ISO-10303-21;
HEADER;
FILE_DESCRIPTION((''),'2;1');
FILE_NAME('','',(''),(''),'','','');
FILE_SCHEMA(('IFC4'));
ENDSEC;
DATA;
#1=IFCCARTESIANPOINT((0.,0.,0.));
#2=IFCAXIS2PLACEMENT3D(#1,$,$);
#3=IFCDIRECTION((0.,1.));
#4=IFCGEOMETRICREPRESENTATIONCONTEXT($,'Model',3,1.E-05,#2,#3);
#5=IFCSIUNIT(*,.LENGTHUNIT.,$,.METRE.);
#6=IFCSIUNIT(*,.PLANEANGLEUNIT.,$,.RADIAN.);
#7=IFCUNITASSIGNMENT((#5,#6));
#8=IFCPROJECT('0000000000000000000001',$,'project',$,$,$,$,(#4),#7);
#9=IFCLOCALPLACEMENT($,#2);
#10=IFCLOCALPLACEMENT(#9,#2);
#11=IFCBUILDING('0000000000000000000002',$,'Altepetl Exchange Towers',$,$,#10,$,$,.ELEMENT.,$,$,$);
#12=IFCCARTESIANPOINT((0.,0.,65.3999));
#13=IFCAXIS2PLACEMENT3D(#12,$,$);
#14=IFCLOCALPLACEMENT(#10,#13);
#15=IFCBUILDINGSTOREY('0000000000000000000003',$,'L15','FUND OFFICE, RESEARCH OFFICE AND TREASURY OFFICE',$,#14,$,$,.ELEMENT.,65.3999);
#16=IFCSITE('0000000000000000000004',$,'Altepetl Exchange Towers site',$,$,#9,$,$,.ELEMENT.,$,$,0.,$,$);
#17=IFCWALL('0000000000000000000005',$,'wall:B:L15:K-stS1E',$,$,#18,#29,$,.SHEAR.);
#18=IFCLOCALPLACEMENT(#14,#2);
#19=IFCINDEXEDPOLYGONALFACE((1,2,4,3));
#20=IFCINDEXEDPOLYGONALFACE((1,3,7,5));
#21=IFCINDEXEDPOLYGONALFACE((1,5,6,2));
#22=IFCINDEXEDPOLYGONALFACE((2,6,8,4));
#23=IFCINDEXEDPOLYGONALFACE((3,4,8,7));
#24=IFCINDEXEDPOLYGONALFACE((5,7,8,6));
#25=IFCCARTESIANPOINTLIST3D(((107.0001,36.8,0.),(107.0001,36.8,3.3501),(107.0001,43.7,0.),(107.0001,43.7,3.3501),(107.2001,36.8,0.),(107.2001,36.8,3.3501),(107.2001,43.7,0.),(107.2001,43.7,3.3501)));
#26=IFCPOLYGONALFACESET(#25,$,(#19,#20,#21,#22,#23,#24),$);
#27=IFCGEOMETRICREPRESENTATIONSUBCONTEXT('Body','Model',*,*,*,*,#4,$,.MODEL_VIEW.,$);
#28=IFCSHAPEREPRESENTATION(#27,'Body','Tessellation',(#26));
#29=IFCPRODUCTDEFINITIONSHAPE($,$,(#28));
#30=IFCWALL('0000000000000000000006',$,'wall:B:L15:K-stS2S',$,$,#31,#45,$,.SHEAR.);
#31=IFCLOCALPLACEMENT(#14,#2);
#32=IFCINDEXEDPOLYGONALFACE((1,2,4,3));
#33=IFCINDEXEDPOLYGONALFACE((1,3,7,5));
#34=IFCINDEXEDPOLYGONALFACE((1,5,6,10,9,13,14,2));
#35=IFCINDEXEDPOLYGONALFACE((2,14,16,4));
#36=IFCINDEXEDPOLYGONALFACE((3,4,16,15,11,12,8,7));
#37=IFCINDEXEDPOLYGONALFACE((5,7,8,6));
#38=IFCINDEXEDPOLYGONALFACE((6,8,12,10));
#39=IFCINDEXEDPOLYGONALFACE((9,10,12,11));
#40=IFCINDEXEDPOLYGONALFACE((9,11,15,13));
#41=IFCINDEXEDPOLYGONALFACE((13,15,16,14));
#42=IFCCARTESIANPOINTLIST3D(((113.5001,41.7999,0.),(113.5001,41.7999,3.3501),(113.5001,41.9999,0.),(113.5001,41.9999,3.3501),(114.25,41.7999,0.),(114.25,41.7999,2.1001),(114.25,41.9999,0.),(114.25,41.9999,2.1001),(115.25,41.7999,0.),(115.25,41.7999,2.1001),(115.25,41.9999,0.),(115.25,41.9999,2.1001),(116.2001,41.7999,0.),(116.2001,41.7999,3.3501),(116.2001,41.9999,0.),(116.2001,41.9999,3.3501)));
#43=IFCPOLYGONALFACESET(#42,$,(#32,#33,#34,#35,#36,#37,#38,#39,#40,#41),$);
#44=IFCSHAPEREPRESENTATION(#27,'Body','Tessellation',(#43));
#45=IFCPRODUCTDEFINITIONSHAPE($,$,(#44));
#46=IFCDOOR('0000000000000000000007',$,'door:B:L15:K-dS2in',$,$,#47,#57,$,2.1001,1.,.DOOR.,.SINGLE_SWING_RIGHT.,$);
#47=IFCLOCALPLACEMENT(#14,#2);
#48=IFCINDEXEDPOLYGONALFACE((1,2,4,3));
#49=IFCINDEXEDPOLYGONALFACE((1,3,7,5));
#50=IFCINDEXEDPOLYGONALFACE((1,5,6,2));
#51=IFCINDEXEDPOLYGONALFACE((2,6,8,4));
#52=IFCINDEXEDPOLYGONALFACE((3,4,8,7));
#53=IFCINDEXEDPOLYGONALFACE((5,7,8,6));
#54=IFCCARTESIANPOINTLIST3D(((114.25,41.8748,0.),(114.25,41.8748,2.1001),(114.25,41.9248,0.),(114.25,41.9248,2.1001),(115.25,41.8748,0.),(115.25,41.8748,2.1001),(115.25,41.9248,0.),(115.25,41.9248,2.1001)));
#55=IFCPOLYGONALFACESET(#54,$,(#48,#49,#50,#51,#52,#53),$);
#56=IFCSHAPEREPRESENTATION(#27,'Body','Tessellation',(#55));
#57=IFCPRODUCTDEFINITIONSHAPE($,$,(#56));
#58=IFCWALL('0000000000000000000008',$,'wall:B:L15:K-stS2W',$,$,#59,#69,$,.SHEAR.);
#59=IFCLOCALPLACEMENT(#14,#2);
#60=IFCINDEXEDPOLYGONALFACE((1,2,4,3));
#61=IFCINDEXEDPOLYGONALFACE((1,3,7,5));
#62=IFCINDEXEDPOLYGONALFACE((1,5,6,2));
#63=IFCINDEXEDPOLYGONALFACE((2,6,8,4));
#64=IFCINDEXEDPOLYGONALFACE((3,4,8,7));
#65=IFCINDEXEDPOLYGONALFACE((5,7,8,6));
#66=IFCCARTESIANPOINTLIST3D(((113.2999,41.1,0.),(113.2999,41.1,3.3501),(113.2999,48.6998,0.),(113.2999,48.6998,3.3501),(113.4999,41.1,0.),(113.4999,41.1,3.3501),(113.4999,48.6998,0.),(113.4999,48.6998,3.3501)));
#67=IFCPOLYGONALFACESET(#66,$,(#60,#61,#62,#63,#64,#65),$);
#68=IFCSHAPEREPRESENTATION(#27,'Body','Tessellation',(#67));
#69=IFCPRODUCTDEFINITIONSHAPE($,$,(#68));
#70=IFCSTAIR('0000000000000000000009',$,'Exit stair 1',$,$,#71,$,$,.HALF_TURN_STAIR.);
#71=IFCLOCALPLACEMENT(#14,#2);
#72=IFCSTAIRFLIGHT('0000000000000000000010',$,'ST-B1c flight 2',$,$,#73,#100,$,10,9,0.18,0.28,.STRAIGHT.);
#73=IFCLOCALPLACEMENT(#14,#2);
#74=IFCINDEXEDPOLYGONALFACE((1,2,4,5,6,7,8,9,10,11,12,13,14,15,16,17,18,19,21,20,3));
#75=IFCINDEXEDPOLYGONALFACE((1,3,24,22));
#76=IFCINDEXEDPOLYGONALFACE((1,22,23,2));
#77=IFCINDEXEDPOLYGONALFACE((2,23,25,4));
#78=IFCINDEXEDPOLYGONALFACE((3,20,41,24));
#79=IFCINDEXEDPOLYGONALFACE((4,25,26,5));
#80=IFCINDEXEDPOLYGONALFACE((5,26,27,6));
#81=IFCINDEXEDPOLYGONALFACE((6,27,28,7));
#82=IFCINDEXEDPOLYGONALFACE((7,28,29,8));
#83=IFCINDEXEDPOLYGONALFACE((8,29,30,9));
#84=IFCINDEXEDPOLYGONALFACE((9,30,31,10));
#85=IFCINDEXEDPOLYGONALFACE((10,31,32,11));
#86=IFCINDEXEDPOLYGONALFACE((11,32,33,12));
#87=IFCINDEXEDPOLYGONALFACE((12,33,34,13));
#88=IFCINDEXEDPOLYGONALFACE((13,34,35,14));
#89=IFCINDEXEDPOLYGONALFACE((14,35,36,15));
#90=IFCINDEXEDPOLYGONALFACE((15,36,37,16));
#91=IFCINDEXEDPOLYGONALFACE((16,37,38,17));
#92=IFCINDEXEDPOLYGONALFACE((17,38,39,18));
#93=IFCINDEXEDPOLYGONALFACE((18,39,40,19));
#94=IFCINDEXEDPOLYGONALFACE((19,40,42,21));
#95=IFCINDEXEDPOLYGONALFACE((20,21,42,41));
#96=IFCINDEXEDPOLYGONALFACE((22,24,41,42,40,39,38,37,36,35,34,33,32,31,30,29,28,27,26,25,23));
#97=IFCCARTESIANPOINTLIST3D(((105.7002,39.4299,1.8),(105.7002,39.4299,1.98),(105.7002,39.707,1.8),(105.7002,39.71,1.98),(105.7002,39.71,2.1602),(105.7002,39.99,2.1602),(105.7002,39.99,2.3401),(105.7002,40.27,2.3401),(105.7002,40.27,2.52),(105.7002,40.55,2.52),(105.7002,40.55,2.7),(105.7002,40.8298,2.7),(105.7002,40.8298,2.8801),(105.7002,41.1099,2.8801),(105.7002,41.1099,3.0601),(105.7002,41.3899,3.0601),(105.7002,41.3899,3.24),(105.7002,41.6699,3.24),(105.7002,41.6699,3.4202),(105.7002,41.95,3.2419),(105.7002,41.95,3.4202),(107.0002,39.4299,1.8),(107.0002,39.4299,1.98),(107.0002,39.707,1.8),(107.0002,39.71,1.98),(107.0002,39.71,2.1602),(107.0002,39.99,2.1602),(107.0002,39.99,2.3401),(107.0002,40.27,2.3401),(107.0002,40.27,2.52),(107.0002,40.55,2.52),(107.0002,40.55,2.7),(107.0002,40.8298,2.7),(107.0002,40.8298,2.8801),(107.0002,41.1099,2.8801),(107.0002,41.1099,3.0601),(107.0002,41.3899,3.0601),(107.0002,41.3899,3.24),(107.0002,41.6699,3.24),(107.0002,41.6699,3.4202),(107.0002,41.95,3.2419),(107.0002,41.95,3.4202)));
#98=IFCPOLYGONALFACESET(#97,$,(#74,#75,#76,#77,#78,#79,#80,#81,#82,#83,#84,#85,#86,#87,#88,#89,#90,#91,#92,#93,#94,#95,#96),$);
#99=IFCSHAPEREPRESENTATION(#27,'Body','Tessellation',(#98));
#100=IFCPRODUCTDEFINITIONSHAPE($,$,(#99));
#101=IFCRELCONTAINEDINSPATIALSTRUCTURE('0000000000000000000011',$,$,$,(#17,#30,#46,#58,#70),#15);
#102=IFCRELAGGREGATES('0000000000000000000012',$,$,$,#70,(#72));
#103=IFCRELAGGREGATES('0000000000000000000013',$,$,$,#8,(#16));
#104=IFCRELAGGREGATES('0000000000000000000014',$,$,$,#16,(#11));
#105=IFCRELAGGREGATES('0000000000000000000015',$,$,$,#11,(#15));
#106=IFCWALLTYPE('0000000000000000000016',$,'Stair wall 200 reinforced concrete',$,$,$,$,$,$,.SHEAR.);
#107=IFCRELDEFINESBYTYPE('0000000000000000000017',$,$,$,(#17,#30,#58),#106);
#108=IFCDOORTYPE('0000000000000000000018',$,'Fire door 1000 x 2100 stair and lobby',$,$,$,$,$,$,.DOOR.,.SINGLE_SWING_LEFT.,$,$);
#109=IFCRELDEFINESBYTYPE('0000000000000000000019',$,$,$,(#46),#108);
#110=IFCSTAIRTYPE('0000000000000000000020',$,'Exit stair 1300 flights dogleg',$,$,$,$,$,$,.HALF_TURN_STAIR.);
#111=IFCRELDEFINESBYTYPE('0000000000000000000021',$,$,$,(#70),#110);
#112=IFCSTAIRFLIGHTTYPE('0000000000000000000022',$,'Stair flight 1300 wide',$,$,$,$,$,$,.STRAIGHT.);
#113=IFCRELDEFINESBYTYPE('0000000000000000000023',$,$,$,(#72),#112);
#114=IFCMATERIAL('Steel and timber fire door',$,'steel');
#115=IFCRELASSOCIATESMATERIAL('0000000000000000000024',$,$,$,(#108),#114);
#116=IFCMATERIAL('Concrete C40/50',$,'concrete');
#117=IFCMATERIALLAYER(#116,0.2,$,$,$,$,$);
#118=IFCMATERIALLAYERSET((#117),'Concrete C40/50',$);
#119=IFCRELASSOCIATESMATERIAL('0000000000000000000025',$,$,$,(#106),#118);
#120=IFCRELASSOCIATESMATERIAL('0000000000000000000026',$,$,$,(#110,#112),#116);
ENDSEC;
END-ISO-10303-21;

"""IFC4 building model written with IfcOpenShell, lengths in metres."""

from ifc_helpers import new_model, si_unit, direction, frame, frame_2d, origin, place, context, subcontext, project, spatial, polyline, rectangle, outline, extrude, material, layer, layer_set, type_object, element, fill, aggregate, save


model = new_model("IFC4")

# Units and contexts
model_context = context("Model", 3, precision=1e-05, world=origin(), true_north=direction((0.0, 1.0)))
body_context = subcontext(model_context, "Body", "Model", "MODEL_VIEW")
ifc_project = project(units=[si_unit("LENGTHUNIT", "METRE"), si_unit("PLANEANGLEUNIT", "RADIAN")], contexts=[model_context])

# Site, building, storey
site_placement = place(None, origin())
site = spatial("IfcSite", under=ifc_project, at=site_placement, Name="Altepetl Exchange Towers site", CompositionType="ELEMENT", RefElevation=0.0)
building_placement = place(site_placement, origin())
building = spatial("IfcBuilding", under=site, at=building_placement, Name="Altepetl Exchange Towers", CompositionType="ELEMENT")
storey_placement = place(building_placement, frame((0.0, 0.0, 65.3999)))
storey = spatial("IfcBuildingStorey", under=building, at=storey_placement, Name="L15", Description="FUND OFFICE, RESEARCH OFFICE AND TREASURY OFFICE", CompositionType="ELEMENT", Elevation=65.3999)

# Shared definitions
ifc_material_1 = material(Name="Steel and timber fire door", Category="steel")
door_type_1 = type_object("IfcDoorType", Name="Fire door 1000 x 2100 stair and lobby", OperationType="SINGLE_SWING_LEFT", PredefinedType="DOOR", material=ifc_material_1)

# Shared definitions
ifc_material_2 = material(Name="Concrete C40/50", Category="concrete")

# Wall
ifc_layer_1 = layer(ifc_material_2, 0.2)
ifc_layer_set_1 = layer_set([ifc_layer_1], Name="Concrete C40/50")
wall_type_1 = type_object("IfcWallType", Name="Stair wall 200 reinforced concrete", PredefinedType="SHEAR", material=ifc_layer_set_1)
wall_1_placement = place(storey_placement, frame((107.1001, 36.8, 0.0), z_axis=(0.0, 0.0, 1.0), x_axis=(0.0, 1.0, 0.0)))
element("IfcWall", 1, at=wall_1_placement, inside=storey, type_object=wall_type_1, Name="wall:B:L15:K-stS1E", PredefinedType="SHEAR", context=body_context, shape_type="SweptSolid", body=[
    extrude(rectangle(XDim=6.8999, YDim=0.2, at=frame_2d((3.45, 0.0))), origin(), (0.0, 0.0, 1.0), 3.3501),
])

# Wall, opening, door
wall_2_placement = place(storey_placement, frame((113.5, 41.8999, 0.0)))
wall_2 = element("IfcWall", 2, at=wall_2_placement, inside=storey, type_object=wall_type_1, Name="wall:B:L15:K-stS2S", PredefinedType="SHEAR", context=body_context, shape_type="SweptSolid", body=[
    extrude(rectangle(XDim=2.7, YDim=0.2, at=frame_2d((1.3501, 0.0))), origin(), (0.0, 0.0, 1.0), 3.3501),
])
opening_1_placement = place(wall_2_placement, frame((0.75, 0.0, 0.0)))
opening_1 = element("IfcOpeningElement", 3, at=opening_1_placement, cuts=wall_2, PredefinedType="OPENING", context=body_context, shape_type="SweptSolid", body=[
    extrude(rectangle(XDim=1.0, YDim=2.1001, at=frame_2d((0.5, 1.05))), frame((0.0, 0.1099, 0.0), z_axis=(0.0, -1.0, 0.0), x_axis=(1.0, 0.0, 0.0)), (0.0, 0.0, 1.0), 0.22),
])
door_1_placement = place(opening_1_placement, origin())
door_1 = element("IfcDoor", 4, at=door_1_placement, inside=storey, type_object=door_type_1, Name="door:B:L15:K-dS2in", OperationType="SINGLE_SWING_RIGHT", OverallHeight=2.1001, OverallWidth=1.0, PredefinedType="DOOR", context=body_context, shape_type="SweptSolid", body=[
    extrude(rectangle(XDim=1.0, YDim=2.1001, at=frame_2d((0.5, 1.05))), frame((0.0, 0.0249, 0.0), z_axis=(0.0, -1.0, 0.0), x_axis=(1.0, 0.0, 0.0)), (0.0, 0.0, 1.0), 0.05),
])
fill(opening_1, door_1)

# Wall
wall_3_placement = place(storey_placement, frame((113.3999, 41.1001, 0.0), z_axis=(0.0, 0.0, 1.0), x_axis=(0.0, 1.0, 0.0)))
element("IfcWall", 5, at=wall_3_placement, inside=storey, type_object=wall_type_1, Name="wall:B:L15:K-stS2W", PredefinedType="SHEAR", context=body_context, shape_type="SweptSolid", body=[
    extrude(rectangle(XDim=7.5999, YDim=0.2, at=frame_2d((3.7998, 0.0))), origin(), (0.0, 0.0, 1.0), 3.3501),
])

# Stair, stair flight
stair_type = type_object("IfcStairType", Name="Exit stair 1300 flights dogleg", PredefinedType="HALF_TURN_STAIR", material=ifc_material_2)
stair_placement = place(storey_placement, origin())
stair = element("IfcStair", 6, at=stair_placement, inside=storey, type_object=stair_type, Name="Exit stair 1", PredefinedType="HALF_TURN_STAIR")
stair_flight_type = type_object("IfcStairFlightType", Name="Stair flight 1300 wide", PredefinedType="STRAIGHT", material=ifc_material_2)
stair_flight_placement = place(storey_placement, frame((106.3501, 39.4299, 1.8), z_axis=(0.0, 0.0, 1.0), x_axis=(0.0, 1.0, 0.0)))
stair_flight = element("IfcStairFlight", 7, at=stair_flight_placement, type_object=stair_flight_type, Name="ST-B1c flight 2", NumberOfRisers=10, NumberOfTreads=9, PredefinedType="STRAIGHT", RiserHeight=0.18, TreadLength=0.28, context=body_context, shape_type="SweptSolid", body=[
    extrude(outline(polyline([(0.0, 0.0), (0.0, 0.1799), (0.28, 0.1799), (0.28, 0.3601), (0.5601, 0.3601), (0.5601, 0.54), (0.8401, 0.54), (0.8401, 0.72), (1.1201, 0.72), (1.1201, 0.8999), (1.3999, 0.8999), (1.3999, 1.0801), (1.6799, 1.0801), (1.6799, 1.26), (1.96, 1.26), (1.96, 1.4399), (2.24, 1.4399), (2.24, 1.6201), (2.52, 1.6201), (2.52, 1.8), (2.52, 1.4419), (0.2771, 0.0), (0.0, 0.0)])), frame((0.0, 0.6499, 0.0), z_axis=(0.0, -1.0, 0.0), x_axis=(1.0, 0.0, 0.0)), (0.0, 0.0, 1.0), 1.3),
])
aggregate(stair, [stair_flight])

save(model, "model.ifc")
